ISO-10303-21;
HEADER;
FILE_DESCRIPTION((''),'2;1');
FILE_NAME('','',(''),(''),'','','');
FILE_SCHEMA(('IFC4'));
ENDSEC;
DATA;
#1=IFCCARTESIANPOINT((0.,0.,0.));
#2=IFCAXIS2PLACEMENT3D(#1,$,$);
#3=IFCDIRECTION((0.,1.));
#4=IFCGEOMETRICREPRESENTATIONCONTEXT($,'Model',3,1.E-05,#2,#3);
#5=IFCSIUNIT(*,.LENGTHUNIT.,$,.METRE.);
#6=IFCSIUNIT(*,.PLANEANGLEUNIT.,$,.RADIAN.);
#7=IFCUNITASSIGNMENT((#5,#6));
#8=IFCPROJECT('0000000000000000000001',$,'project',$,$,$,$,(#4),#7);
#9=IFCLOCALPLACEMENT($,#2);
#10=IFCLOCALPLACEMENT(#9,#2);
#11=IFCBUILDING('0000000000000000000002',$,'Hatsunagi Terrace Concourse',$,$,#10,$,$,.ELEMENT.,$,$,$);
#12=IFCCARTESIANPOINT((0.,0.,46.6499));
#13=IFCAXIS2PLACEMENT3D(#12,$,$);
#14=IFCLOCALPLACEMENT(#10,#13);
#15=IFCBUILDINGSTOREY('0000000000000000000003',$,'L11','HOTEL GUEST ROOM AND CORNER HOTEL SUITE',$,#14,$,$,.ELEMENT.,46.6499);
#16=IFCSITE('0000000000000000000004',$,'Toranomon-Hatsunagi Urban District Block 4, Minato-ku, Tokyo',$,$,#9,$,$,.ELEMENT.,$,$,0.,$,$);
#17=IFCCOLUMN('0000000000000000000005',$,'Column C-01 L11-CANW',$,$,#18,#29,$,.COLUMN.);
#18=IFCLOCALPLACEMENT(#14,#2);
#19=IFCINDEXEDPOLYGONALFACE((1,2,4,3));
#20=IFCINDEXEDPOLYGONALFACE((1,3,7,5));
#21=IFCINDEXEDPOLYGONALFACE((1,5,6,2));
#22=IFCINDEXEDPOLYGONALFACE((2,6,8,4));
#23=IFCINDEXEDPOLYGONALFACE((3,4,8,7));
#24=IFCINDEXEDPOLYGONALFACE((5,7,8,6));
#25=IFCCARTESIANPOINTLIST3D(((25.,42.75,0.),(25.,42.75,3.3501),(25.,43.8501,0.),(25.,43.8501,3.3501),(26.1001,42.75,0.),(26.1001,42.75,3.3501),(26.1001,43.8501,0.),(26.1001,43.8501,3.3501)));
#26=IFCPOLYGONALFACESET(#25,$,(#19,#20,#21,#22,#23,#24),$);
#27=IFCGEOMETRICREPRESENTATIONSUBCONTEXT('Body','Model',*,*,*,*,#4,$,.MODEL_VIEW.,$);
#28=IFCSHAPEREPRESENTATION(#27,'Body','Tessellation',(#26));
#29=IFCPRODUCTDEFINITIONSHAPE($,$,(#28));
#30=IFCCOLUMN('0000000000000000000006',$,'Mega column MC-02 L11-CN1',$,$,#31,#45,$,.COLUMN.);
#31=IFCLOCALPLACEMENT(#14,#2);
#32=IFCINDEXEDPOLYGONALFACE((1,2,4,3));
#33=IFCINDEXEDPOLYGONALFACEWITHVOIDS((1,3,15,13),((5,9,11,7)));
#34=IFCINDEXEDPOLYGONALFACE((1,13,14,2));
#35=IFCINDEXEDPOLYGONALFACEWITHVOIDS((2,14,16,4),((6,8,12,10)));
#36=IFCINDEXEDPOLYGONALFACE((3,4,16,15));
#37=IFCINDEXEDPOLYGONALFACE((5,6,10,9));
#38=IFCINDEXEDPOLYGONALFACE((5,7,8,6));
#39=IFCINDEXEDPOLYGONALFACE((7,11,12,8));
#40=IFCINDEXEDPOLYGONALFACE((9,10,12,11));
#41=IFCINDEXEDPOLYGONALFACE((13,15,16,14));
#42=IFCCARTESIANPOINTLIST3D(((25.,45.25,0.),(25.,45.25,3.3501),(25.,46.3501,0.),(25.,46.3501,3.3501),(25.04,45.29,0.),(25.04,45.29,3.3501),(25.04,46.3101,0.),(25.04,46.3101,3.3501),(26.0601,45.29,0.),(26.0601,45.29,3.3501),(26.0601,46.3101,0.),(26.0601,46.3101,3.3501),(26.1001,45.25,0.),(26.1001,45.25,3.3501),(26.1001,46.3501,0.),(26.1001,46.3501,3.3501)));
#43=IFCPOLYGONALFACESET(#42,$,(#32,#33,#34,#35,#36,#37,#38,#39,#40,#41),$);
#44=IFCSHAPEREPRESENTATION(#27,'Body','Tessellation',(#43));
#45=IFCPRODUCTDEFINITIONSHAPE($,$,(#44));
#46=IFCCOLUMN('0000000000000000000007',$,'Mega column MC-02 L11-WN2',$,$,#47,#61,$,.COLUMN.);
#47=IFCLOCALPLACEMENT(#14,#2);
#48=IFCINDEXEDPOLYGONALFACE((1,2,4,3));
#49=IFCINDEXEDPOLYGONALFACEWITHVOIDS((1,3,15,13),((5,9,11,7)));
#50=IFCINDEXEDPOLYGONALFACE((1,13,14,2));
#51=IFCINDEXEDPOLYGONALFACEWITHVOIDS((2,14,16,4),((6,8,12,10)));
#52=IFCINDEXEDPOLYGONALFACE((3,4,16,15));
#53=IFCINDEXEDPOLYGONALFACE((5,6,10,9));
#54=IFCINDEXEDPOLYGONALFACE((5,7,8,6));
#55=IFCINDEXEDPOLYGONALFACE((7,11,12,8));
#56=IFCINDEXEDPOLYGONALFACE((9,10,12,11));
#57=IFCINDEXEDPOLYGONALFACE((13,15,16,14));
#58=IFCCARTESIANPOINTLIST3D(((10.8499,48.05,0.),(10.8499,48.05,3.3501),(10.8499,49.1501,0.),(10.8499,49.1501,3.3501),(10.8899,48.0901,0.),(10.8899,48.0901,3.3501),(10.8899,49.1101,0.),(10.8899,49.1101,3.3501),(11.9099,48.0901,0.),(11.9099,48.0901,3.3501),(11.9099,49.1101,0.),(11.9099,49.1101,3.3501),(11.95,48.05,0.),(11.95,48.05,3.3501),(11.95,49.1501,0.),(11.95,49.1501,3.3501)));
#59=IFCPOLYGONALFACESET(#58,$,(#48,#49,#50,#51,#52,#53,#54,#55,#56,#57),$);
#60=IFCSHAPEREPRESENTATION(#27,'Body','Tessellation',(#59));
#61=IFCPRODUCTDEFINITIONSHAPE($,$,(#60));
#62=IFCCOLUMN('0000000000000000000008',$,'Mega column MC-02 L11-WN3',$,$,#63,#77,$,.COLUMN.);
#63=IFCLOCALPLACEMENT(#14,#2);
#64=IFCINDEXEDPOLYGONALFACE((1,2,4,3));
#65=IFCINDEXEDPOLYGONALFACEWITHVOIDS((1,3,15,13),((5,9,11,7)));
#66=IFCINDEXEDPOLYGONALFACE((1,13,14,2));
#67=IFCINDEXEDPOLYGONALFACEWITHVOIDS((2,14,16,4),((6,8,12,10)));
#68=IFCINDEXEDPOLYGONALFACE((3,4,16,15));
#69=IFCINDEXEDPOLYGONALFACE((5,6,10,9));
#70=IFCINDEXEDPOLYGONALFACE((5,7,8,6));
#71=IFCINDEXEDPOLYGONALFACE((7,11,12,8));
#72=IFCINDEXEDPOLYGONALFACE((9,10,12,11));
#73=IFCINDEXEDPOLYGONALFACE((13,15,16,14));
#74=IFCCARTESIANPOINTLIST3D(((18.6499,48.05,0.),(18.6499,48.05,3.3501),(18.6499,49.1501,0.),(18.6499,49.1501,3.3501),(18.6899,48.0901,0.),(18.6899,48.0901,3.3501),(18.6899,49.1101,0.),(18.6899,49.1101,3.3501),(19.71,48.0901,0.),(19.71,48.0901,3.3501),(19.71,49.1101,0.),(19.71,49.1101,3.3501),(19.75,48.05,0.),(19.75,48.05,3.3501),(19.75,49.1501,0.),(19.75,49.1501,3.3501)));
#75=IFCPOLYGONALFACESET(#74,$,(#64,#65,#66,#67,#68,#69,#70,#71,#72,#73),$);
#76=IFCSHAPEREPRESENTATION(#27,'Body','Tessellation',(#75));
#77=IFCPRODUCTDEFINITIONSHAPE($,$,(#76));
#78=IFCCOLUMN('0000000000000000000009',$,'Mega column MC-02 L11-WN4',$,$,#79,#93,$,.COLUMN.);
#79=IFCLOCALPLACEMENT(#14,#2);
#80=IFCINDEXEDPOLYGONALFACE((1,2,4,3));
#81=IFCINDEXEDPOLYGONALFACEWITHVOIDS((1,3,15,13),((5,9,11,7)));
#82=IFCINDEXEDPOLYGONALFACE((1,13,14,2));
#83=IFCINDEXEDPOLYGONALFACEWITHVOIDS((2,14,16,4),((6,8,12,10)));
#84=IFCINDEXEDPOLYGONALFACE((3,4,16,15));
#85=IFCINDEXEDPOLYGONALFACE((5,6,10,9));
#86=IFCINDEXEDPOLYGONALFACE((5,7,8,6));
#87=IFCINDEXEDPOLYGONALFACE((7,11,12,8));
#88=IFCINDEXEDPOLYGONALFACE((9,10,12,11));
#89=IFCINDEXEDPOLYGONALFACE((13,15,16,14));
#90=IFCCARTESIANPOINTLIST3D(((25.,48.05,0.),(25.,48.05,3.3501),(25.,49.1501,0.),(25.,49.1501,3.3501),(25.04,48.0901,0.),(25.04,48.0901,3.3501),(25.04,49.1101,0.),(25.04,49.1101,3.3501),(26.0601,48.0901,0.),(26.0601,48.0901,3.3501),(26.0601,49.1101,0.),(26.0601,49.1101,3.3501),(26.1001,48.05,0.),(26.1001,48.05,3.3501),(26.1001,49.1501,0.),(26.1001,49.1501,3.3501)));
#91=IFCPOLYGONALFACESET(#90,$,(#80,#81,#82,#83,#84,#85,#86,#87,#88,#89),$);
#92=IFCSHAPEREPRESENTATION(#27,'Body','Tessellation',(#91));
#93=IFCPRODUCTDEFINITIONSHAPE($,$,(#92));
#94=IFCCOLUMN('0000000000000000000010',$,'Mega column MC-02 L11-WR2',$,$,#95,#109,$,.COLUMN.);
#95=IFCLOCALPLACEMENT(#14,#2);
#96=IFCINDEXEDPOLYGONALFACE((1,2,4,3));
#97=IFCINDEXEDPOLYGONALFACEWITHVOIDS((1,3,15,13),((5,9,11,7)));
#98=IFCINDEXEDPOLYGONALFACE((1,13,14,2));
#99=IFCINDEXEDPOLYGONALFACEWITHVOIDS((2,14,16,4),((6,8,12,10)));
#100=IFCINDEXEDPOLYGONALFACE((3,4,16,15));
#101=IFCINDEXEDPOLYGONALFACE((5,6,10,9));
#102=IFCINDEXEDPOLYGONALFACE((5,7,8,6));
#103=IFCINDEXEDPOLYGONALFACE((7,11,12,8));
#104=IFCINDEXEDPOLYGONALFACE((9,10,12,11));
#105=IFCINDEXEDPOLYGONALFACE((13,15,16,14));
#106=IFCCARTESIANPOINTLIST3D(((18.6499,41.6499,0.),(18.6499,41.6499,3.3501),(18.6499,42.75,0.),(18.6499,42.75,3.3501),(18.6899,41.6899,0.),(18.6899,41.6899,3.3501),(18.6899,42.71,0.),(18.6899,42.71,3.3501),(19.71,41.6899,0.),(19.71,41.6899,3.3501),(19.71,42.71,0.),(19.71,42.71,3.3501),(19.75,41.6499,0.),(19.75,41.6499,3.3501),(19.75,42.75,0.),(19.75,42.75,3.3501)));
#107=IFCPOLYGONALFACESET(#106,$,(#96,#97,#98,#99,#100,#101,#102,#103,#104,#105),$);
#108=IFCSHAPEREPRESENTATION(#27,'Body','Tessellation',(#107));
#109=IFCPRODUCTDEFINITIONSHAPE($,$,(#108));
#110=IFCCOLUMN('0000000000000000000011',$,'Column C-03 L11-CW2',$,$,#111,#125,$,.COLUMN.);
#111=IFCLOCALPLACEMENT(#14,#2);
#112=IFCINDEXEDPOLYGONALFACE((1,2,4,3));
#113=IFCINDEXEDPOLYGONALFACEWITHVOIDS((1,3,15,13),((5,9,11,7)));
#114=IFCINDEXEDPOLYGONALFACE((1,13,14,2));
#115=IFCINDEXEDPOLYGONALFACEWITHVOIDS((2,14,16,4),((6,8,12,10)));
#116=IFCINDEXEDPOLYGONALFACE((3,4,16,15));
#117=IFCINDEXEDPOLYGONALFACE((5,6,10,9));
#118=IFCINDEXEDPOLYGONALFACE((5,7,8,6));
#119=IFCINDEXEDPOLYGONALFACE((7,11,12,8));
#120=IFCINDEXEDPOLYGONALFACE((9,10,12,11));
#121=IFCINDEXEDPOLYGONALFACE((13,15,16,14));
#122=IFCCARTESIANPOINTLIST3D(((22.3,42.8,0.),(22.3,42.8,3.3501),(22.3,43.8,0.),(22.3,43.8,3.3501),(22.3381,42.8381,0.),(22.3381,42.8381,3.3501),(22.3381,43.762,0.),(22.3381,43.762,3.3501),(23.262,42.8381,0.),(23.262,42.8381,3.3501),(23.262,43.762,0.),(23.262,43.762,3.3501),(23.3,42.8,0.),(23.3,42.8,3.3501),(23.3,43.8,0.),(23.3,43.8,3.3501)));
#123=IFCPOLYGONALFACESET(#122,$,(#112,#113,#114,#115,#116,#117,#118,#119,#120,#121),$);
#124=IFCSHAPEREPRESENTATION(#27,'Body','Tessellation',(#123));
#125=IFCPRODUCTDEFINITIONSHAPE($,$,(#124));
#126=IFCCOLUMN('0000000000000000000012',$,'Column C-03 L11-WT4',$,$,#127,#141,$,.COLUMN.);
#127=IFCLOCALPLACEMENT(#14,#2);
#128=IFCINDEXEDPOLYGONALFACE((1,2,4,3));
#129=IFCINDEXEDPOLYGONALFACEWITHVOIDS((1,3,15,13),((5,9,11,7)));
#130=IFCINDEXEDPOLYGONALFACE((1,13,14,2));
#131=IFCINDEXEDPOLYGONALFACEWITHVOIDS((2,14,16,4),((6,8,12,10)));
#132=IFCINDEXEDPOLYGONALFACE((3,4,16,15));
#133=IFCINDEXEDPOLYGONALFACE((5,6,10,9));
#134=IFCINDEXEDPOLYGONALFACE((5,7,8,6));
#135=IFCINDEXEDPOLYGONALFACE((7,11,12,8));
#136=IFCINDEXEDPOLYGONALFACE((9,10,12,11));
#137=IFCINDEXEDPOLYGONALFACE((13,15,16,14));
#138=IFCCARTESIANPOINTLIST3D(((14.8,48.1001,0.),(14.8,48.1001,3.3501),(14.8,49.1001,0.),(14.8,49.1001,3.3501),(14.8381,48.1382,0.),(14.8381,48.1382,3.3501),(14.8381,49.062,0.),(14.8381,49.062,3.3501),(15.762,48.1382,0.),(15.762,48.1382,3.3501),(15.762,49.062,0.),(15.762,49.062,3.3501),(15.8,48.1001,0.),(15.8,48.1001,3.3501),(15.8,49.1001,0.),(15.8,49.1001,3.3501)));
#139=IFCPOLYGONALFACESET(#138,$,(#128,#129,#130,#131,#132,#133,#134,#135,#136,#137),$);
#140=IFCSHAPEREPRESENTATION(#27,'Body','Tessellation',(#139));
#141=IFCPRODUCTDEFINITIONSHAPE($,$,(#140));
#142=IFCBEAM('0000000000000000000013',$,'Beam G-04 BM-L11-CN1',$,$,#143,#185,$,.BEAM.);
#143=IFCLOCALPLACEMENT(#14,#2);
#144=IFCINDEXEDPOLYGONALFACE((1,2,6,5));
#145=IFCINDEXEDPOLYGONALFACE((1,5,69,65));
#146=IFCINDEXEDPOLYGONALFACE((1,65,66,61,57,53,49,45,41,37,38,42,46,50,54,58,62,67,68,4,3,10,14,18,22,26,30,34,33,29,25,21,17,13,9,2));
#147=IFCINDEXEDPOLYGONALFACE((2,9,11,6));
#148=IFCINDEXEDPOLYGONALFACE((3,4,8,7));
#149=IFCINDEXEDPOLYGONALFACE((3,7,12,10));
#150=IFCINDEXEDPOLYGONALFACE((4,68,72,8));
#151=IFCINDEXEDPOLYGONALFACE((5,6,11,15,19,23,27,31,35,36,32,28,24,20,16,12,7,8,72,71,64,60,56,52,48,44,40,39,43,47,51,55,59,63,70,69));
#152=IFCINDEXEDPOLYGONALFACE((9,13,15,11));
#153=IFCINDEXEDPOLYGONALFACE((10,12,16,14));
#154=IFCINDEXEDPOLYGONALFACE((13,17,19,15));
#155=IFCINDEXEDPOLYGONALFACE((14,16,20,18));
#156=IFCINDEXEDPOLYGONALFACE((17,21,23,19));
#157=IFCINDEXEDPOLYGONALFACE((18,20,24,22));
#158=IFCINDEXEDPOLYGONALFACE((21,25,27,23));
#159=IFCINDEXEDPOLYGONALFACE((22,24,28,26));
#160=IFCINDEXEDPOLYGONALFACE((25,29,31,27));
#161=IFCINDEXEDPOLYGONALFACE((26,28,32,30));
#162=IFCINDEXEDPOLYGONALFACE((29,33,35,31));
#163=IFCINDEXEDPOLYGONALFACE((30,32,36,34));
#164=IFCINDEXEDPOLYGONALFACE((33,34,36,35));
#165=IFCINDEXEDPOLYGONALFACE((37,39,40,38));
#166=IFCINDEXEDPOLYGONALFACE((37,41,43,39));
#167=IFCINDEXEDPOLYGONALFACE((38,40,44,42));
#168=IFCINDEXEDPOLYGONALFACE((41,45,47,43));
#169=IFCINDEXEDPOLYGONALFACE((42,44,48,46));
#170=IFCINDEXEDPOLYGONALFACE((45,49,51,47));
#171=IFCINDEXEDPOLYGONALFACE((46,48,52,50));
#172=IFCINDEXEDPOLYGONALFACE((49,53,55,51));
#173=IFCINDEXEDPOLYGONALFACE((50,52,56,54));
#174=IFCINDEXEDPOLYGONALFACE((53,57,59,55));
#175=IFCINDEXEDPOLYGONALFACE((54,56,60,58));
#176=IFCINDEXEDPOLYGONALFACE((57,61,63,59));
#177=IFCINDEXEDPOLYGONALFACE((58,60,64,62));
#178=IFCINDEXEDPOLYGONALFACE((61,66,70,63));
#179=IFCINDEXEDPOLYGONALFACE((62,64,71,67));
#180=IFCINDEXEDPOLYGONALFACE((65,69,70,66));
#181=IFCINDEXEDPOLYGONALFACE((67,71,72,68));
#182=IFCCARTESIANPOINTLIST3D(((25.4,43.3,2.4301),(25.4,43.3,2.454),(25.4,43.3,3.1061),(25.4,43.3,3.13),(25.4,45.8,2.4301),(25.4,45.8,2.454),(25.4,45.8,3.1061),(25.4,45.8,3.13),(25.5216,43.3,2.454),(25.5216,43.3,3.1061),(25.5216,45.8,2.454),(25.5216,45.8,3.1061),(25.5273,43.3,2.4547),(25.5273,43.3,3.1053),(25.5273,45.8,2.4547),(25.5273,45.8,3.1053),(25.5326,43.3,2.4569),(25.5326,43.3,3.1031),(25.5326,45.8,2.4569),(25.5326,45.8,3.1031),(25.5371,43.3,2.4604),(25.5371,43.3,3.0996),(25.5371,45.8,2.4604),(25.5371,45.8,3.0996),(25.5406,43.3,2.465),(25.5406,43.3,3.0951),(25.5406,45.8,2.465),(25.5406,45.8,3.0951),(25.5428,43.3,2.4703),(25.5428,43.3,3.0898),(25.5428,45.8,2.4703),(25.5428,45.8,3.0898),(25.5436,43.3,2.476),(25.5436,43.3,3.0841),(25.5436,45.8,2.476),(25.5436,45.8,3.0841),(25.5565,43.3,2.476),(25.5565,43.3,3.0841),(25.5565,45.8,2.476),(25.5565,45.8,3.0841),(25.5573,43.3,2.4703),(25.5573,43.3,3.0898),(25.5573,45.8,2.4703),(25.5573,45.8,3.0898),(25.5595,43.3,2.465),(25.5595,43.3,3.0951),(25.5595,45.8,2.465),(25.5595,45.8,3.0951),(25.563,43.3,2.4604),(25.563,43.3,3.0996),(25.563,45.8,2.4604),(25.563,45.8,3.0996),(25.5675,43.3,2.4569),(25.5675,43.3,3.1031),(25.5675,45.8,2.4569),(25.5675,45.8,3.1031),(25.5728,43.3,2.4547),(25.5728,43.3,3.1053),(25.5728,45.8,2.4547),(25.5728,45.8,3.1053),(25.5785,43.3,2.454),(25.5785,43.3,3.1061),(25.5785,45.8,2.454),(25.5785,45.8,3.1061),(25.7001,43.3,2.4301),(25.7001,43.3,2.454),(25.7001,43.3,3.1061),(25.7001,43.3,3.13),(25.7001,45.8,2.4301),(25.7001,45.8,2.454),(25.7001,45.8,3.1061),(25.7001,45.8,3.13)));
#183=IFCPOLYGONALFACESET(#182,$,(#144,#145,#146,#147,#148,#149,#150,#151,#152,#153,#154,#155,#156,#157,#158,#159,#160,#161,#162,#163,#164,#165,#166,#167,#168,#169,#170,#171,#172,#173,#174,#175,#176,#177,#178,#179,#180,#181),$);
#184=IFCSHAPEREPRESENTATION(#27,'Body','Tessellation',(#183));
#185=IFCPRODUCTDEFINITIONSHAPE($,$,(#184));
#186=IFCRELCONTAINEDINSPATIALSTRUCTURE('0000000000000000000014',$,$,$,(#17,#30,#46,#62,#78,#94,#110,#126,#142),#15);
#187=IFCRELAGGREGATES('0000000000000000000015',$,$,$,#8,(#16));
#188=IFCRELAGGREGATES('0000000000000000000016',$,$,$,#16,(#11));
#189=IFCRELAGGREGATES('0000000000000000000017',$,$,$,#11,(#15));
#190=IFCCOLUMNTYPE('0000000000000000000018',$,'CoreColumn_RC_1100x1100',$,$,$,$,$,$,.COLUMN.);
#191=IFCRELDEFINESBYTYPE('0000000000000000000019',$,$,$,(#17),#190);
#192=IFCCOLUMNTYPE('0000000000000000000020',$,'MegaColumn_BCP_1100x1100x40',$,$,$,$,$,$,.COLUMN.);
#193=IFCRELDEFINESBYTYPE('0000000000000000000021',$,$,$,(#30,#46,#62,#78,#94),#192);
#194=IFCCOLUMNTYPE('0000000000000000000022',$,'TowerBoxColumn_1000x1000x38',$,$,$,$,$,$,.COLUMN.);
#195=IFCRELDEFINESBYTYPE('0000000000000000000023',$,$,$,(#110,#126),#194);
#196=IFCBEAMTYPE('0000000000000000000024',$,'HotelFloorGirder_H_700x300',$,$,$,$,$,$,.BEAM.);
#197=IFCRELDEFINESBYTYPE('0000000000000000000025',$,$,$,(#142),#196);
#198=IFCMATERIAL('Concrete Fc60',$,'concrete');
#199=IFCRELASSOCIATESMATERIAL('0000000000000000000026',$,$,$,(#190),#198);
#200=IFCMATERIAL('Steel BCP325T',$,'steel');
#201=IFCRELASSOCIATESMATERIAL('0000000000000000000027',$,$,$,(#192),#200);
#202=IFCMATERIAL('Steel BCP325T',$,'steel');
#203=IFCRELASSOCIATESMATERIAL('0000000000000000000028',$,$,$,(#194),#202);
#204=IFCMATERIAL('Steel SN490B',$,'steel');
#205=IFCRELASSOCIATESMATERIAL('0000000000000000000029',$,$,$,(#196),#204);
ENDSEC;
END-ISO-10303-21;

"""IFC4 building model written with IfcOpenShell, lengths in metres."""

from ifc_helpers import new_model, si_unit, direction, frame, origin, origin_2d, place, context, subcontext, project, spatial, rectangle, hollow_rectangle, i_section, extrude, material, material_profile, profile_set, type_object, element, save


model = new_model("IFC4")

# Units and contexts
model_context = context("Model", 3, precision=1e-05, world=origin(), true_north=direction((0.0, 1.0)))
body_context = subcontext(model_context, "Body", "Model", "MODEL_VIEW")
ifc_project = project(units=[si_unit("LENGTHUNIT", "METRE"), si_unit("PLANEANGLEUNIT", "RADIAN")], contexts=[model_context])

# Site, building, storey
site_placement = place(None, origin())
site = spatial("IfcSite", under=ifc_project, at=site_placement, Name="Toranomon-Hatsunagi Urban District Block 4, Minato-ku, Tokyo", CompositionType="ELEMENT", RefElevation=0.0)
building_placement = place(site_placement, origin())
building = spatial("IfcBuilding", under=site, at=building_placement, Name="Hatsunagi Terrace Concourse", CompositionType="ELEMENT")
storey_placement = place(building_placement, frame((0.0, 0.0, 46.6499)))
storey = spatial("IfcBuildingStorey", under=building, at=storey_placement, Name="L11", Description="HOTEL GUEST ROOM AND CORNER HOTEL SUITE", CompositionType="ELEMENT", Elevation=46.6499)

# Columns
ifc_material_1 = material(Name="Concrete Fc60", Category="concrete")
ifc_material_profile_1 = material_profile(ifc_material_1, rectangle(XDim=1.1001, YDim=1.1001, at=origin_2d()), Name="RC-1100x1100")
ifc_profile_set_1 = profile_set([ifc_material_profile_1], Name="Concrete Fc60")
column_type_1 = type_object("IfcColumnType", Name="CoreColumn_RC_1100x1100", PredefinedType="COLUMN", material=ifc_profile_set_1)
column_placement = place(storey_placement, frame((25.55, 43.3, 0.0), z_axis=(0.0, 0.0, 1.0), x_axis=(1.0, 0.0, 0.0)))
element("IfcColumn", 1, at=column_placement, inside=storey, type_object=column_type_1, Name="Column C-01 L11-CANW", PredefinedType="COLUMN", context=body_context, shape_type="SweptSolid", body=[
    extrude(rectangle(XDim=1.1001, YDim=1.1001, at=origin_2d()), origin(), (0.0, 0.0, 1.0), 3.3501),
])
ifc_material_2 = material(Name="Steel BCP325T", Category="steel")
ifc_material_profile_2 = material_profile(ifc_material_2, hollow_rectangle(XDim=1.1001, YDim=1.1001, WallThickness=0.04, at=origin_2d()), Name="BCP-1100x1100x40")
ifc_profile_set_2 = profile_set([ifc_material_profile_2], Name="Steel BCP325T")
column_type_2 = type_object("IfcColumnType", Name="MegaColumn_BCP_1100x1100x40", PredefinedType="COLUMN", material=ifc_profile_set_2)
for number, where, z_axis, x_axis, name in (
    (2, (25.55, 45.8, 0.0), (0.0, 0.0, 1.0), (1.0, 0.0, 0.0), "Mega column MC-02 L11-CN1"),
    (3, (11.3999, 48.6001, 0.0), (0.0, 0.0, 1.0), (1.0, 0.0, 0.0), "Mega column MC-02 L11-WN2"),
    (4, (19.2, 48.6001, 0.0), (0.0, 0.0, 1.0), (1.0, 0.0, 0.0), "Mega column MC-02 L11-WN3"),
    (5, (25.55, 48.6001, 0.0), (0.0, 0.0, 1.0), (1.0, 0.0, 0.0), "Mega column MC-02 L11-WN4"),
    (6, (19.2, 42.2, 0.0), (0.0, 0.0, 1.0), (1.0, 0.0, 0.0), "Mega column MC-02 L11-WR2"),
):
    element("IfcColumn", number, at=place(storey_placement, frame(where, z_axis=z_axis, x_axis=x_axis)), inside=storey, type_object=column_type_2, Name=name, PredefinedType="COLUMN", context=body_context, shape_type="SweptSolid", body=[
        extrude(hollow_rectangle(XDim=1.1001, YDim=1.1001, WallThickness=0.04, at=origin_2d()), origin(), (0.0, 0.0, 1.0), 3.3501),
    ])
ifc_material_3 = material(Name="Steel BCP325T", Category="steel")
ifc_material_profile_3 = material_profile(ifc_material_3, hollow_rectangle(XDim=1.0, YDim=1.0, WallThickness=0.0381, at=origin_2d()), Name="BCP-1000x1000x38")
ifc_profile_set_3 = profile_set([ifc_material_profile_3], Name="Steel BCP325T")
column_type_3 = type_object("IfcColumnType", Name="TowerBoxColumn_1000x1000x38", PredefinedType="COLUMN", material=ifc_profile_set_3)
for number, where, z_axis, x_axis, name in (
    (7, (22.8, 43.3, 0.0), (0.0, 0.0, 1.0), (1.0, 0.0, 0.0), "Column C-03 L11-CW2"),
    (8, (15.3, 48.6001, 0.0), (0.0, 0.0, 1.0), (1.0, 0.0, 0.0), "Column C-03 L11-WT4"),
):
    element("IfcColumn", number, at=place(storey_placement, frame(where, z_axis=z_axis, x_axis=x_axis)), inside=storey, type_object=column_type_3, Name=name, PredefinedType="COLUMN", context=body_context, shape_type="SweptSolid", body=[
        extrude(hollow_rectangle(XDim=1.0, YDim=1.0, WallThickness=0.0381, at=origin_2d()), origin(), (0.0, 0.0, 1.0), 3.3501),
    ])

# Beam
ifc_material_4 = material(Name="Steel SN490B", Category="steel")
ifc_material_profile_4 = material_profile(ifc_material_4, i_section(OverallWidth=0.3, OverallDepth=0.7, WebThickness=0.0129, FlangeThickness=0.0239, FilletRadius=0.022, at=origin_2d()), Name="H-700x300x13x24")
ifc_profile_set_4 = profile_set([ifc_material_profile_4], Name="Steel SN490B")
beam_type_1 = type_object("IfcBeamType", Name="HotelFloorGirder_H_700x300", PredefinedType="BEAM", material=ifc_profile_set_4)
beam_1_placement = place(storey_placement, frame((25.55, 43.3, 2.78), z_axis=(0.0, 1.0, 0.0), x_axis=(-1.0, 0.0, 0.0)))
element("IfcBeam", 9, at=beam_1_placement, inside=storey, type_object=beam_type_1, Name="Beam G-04 BM-L11-CN1", PredefinedType="BEAM", context=body_context, shape_type="SweptSolid", body=[
    extrude(i_section(OverallWidth=0.3, OverallDepth=0.7, WebThickness=0.0129, FlangeThickness=0.0239, FilletRadius=0.022, at=origin_2d()), origin(), (0.0, 0.0, 1.0), 2.5),
])

save(model, "model.ifc")
